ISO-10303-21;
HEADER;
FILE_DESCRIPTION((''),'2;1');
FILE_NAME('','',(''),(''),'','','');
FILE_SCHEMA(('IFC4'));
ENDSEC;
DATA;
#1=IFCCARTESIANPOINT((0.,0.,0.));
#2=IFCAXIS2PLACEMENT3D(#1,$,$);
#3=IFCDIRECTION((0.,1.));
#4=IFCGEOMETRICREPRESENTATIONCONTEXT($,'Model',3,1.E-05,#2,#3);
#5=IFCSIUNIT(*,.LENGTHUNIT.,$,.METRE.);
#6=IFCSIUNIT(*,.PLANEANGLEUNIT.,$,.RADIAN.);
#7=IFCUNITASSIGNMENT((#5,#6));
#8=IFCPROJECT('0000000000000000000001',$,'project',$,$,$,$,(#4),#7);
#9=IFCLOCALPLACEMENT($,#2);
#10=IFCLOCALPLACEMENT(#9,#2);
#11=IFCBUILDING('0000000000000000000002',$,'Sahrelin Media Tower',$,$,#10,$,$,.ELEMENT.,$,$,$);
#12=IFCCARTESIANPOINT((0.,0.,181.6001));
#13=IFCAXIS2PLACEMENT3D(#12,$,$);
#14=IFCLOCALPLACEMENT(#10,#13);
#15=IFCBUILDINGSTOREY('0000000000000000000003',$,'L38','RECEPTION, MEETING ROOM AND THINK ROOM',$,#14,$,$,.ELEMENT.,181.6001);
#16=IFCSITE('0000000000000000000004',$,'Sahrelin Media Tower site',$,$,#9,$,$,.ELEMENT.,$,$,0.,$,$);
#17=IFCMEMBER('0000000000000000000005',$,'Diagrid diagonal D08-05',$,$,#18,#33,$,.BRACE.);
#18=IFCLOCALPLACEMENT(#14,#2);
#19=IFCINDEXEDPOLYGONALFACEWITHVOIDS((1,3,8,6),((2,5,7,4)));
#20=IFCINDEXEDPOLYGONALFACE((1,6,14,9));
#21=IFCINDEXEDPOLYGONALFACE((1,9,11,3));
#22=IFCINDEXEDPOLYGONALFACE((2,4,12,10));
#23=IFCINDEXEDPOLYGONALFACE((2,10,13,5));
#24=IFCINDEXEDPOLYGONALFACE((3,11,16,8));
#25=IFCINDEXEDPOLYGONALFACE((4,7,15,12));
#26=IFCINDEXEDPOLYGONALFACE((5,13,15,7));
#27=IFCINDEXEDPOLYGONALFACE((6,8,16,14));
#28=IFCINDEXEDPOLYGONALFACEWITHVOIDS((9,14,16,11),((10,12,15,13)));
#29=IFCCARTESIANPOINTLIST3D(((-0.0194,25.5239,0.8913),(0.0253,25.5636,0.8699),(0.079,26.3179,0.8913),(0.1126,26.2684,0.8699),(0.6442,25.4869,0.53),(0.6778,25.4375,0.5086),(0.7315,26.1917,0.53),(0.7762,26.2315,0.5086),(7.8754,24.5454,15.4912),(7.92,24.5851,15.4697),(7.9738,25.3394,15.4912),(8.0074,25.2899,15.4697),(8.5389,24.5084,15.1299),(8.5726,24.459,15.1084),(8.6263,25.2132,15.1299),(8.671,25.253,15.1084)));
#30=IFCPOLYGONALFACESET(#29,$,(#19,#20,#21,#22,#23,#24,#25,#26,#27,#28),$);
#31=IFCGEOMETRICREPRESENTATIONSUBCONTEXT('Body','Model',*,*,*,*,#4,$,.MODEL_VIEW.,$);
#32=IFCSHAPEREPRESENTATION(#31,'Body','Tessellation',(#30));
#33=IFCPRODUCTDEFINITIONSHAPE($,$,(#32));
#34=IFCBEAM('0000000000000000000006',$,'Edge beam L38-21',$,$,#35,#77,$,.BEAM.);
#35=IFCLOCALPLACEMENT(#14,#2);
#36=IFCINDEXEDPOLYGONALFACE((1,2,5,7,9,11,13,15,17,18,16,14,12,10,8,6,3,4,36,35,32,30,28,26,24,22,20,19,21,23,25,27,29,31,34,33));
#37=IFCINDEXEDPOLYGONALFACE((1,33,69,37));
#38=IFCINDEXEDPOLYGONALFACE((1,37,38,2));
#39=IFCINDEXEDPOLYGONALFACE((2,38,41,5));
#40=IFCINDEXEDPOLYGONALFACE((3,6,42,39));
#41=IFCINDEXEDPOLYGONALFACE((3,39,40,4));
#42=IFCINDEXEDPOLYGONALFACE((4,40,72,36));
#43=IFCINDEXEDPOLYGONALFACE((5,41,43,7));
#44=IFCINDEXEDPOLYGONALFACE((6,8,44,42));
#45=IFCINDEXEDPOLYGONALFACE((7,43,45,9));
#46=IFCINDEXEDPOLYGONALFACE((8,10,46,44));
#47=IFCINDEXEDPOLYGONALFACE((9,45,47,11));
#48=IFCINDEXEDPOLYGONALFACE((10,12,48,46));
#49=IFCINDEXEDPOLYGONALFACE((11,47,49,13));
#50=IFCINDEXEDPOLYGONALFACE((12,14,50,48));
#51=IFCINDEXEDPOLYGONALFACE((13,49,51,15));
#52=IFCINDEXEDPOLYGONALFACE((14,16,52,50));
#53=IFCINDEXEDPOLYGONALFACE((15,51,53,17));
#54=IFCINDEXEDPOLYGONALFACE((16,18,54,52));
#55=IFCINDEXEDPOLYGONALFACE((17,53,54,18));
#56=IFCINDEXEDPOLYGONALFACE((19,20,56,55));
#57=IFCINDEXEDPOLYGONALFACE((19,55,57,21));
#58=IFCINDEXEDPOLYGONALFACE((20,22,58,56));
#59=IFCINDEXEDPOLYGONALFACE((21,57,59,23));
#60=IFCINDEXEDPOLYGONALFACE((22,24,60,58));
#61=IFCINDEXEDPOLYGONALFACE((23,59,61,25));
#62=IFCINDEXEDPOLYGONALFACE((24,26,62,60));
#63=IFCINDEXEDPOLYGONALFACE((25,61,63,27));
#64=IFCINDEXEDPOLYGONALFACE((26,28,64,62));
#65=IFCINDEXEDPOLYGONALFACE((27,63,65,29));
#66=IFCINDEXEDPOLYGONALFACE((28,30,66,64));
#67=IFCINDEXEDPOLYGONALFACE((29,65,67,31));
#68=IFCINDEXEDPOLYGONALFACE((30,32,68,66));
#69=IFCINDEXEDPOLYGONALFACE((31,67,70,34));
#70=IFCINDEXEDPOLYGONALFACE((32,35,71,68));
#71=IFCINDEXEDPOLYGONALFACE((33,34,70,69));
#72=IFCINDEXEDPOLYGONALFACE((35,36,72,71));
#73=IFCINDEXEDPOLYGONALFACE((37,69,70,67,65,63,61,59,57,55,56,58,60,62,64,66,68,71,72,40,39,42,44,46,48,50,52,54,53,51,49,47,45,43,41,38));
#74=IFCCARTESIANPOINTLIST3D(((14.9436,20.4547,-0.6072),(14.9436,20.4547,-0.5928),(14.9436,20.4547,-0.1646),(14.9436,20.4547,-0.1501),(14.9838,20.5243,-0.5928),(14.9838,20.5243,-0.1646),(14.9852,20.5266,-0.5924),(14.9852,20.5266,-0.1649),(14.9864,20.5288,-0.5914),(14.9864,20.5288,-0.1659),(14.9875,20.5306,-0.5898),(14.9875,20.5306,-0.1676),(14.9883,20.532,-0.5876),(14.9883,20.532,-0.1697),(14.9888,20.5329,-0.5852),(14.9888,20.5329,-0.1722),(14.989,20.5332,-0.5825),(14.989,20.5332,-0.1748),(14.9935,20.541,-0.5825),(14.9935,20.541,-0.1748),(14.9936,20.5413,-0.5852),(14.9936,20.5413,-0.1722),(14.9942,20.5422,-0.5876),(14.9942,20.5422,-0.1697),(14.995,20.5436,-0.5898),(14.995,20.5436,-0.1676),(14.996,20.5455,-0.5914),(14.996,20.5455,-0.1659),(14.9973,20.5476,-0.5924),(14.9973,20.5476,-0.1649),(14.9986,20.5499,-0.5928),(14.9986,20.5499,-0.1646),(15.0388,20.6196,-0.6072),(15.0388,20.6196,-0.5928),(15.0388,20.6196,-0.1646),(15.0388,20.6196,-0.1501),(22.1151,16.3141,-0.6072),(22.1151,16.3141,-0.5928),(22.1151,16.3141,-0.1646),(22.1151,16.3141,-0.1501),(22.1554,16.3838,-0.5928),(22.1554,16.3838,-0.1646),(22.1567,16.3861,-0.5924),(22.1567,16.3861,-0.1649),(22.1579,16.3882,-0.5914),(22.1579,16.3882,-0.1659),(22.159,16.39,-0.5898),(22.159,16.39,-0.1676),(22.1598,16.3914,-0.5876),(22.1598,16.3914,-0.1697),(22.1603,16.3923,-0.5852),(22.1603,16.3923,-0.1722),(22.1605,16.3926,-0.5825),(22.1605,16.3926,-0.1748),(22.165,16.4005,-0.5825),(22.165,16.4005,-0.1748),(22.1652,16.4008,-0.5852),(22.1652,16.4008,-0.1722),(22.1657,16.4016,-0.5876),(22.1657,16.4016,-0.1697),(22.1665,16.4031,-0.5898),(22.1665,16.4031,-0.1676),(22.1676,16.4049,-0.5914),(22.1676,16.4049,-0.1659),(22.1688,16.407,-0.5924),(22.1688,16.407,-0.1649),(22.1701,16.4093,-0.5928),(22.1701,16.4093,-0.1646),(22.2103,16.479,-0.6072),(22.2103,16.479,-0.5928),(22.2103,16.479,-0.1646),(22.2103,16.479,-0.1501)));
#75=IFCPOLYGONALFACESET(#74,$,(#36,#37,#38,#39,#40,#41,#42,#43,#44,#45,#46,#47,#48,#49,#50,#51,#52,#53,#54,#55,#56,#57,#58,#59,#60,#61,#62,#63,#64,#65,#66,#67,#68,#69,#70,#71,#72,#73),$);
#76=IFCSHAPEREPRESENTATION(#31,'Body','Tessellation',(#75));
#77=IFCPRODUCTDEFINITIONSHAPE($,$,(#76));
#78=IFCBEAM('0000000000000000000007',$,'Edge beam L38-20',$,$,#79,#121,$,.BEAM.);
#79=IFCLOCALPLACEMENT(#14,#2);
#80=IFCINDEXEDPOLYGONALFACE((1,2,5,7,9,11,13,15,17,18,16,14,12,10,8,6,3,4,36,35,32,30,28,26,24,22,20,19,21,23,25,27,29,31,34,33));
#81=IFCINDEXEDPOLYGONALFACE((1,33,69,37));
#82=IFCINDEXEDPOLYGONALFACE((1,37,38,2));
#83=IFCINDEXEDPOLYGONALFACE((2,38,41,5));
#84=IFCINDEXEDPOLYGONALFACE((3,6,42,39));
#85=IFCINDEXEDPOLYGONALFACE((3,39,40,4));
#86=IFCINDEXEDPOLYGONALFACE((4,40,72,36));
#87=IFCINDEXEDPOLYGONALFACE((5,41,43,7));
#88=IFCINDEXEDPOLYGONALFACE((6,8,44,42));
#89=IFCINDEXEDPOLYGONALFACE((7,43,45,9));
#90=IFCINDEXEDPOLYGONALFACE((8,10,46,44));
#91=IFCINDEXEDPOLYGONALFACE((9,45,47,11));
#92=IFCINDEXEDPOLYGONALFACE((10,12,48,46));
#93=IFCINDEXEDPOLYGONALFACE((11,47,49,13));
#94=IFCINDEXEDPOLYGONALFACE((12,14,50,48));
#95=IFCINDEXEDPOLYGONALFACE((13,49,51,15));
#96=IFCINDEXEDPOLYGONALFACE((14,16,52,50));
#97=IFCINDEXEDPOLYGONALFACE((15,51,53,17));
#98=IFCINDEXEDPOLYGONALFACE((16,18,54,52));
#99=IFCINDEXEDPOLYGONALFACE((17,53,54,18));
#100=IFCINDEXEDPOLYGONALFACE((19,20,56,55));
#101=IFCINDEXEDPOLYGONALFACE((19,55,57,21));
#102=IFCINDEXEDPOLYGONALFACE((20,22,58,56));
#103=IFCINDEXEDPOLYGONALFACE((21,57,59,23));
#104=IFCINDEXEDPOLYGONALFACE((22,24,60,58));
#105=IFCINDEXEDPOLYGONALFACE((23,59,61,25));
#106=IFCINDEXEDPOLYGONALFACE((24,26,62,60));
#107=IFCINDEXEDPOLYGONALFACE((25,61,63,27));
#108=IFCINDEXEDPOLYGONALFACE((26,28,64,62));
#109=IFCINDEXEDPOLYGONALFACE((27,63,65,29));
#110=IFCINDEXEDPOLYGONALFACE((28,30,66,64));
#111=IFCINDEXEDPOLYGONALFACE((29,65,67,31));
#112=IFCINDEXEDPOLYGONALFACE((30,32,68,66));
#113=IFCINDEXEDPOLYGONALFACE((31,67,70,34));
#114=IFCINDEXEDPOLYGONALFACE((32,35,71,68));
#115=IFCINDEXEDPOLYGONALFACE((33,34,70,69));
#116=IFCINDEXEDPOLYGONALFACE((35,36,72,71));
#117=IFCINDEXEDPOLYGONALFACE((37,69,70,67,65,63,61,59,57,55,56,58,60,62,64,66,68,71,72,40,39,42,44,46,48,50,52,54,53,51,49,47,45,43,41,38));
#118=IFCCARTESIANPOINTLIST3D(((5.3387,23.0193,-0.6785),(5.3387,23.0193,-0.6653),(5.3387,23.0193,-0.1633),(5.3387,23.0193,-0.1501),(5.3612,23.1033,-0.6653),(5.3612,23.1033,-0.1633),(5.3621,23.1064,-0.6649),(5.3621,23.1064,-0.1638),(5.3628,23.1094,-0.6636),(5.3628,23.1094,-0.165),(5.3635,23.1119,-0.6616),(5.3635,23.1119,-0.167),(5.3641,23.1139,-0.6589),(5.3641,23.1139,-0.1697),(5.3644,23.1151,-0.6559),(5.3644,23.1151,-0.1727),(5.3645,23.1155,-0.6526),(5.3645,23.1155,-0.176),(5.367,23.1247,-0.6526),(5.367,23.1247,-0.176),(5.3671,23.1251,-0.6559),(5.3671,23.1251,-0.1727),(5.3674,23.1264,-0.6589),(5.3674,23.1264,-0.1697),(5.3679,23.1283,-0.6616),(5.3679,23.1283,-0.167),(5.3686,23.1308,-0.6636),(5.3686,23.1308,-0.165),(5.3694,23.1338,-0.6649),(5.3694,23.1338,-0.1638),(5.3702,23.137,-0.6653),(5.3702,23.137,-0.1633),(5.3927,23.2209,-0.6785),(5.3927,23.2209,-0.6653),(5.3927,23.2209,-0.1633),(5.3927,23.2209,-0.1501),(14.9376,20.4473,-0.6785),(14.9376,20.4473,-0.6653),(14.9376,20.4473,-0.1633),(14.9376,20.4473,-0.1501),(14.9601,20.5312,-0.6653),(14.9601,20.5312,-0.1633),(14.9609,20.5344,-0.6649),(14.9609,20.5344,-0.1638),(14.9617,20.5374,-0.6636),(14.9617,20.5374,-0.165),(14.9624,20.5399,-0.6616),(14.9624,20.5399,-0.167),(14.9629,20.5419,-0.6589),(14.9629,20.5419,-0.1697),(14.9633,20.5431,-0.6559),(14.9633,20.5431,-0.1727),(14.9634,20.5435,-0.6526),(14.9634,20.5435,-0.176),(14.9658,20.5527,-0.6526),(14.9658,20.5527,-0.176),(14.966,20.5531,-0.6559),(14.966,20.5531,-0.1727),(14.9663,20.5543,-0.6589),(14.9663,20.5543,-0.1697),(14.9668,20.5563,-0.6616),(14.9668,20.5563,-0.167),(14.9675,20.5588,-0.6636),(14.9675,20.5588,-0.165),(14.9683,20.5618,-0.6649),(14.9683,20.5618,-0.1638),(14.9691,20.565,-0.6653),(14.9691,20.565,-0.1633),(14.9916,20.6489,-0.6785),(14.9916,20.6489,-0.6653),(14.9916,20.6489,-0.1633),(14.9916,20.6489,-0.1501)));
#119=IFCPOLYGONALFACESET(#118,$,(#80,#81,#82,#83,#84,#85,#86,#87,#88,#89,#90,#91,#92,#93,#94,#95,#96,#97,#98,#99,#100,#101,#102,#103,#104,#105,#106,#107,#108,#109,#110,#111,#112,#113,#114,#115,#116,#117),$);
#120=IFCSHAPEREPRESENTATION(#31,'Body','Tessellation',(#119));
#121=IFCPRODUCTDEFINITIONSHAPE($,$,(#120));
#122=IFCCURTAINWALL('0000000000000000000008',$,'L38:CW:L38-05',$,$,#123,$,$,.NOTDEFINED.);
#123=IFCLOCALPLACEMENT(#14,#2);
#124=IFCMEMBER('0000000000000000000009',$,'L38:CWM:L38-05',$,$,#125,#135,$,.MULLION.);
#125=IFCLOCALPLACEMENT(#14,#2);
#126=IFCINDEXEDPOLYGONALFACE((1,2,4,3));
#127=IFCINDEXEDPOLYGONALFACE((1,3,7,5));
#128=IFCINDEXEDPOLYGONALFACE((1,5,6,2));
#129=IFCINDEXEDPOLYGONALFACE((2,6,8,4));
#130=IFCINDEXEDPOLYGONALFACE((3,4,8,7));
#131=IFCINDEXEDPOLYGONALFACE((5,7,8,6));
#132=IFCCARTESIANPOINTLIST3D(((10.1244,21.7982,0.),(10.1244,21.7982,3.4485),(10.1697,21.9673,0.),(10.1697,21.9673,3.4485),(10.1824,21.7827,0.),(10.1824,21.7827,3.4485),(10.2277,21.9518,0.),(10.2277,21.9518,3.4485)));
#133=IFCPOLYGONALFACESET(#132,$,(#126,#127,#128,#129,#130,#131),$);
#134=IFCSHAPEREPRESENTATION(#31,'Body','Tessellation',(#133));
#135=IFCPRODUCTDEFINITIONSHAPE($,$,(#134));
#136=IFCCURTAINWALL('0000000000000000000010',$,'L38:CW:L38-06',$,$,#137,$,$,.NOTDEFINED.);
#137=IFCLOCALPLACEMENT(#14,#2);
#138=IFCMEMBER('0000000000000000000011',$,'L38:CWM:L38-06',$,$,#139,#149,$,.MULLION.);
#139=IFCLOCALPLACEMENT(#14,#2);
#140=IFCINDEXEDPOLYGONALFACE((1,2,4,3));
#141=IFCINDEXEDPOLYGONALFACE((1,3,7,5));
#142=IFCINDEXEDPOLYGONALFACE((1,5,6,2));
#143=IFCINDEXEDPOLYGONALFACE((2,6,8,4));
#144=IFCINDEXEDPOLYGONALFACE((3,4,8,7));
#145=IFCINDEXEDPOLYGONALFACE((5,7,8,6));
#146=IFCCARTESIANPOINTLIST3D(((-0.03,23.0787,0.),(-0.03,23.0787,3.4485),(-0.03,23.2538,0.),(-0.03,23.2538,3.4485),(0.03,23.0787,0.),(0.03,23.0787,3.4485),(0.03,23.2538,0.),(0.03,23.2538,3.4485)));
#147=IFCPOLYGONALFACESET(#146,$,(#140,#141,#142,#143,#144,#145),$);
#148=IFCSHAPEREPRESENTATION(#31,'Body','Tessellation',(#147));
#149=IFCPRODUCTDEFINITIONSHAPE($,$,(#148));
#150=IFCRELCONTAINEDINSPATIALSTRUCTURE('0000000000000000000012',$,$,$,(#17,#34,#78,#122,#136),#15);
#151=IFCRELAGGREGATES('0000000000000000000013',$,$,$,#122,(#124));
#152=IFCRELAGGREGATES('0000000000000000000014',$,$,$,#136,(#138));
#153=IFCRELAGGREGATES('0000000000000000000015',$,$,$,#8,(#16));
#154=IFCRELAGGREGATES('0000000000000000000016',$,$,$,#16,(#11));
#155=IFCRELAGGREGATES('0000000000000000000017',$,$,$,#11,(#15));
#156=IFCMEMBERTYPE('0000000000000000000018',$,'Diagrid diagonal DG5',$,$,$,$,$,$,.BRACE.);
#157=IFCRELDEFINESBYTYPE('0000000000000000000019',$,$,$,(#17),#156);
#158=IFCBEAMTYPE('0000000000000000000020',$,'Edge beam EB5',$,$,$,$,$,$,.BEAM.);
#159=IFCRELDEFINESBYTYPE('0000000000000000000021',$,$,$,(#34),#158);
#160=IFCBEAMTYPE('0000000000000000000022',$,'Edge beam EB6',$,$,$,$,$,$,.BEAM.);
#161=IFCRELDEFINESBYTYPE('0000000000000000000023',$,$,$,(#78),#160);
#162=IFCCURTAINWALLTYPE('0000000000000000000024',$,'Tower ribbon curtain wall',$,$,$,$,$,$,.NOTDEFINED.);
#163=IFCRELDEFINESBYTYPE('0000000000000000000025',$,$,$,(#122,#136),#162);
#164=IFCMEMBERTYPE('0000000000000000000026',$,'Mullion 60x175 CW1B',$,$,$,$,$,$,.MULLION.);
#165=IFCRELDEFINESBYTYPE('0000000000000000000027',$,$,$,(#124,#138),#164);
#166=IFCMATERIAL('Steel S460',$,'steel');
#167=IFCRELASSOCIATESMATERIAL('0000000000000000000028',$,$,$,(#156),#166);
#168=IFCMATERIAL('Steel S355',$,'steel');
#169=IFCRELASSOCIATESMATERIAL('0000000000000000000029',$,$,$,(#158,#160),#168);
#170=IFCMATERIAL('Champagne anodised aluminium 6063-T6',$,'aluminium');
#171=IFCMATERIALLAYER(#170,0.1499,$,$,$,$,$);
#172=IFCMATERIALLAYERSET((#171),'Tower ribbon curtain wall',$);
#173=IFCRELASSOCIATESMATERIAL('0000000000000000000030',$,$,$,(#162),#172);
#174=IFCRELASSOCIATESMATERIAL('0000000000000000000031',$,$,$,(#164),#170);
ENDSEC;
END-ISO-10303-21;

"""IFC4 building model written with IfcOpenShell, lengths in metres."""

from ifc_helpers import new_model, si_unit, direction, frame, origin, origin_2d, place, context, subcontext, project, spatial, rectangle, hollow_rectangle, i_section, extrude, material, layer, layer_set, material_profile, profile_set, type_object, element, aggregate, save


model = new_model("IFC4")

# Units and contexts
model_context = context("Model", 3, precision=1e-05, world=origin(), true_north=direction((0.0, 1.0)))
body_context = subcontext(model_context, "Body", "Model", "MODEL_VIEW")
ifc_project = project(units=[si_unit("LENGTHUNIT", "METRE"), si_unit("PLANEANGLEUNIT", "RADIAN")], contexts=[model_context])

# Site, building, storey
site_placement = place(None, origin())
site = spatial("IfcSite", under=ifc_project, at=site_placement, Name="Sahrelin Media Tower site", CompositionType="ELEMENT", RefElevation=0.0)
building_placement = place(site_placement, origin())
building = spatial("IfcBuilding", under=site, at=building_placement, Name="Sahrelin Media Tower", CompositionType="ELEMENT")
storey_placement = place(building_placement, frame((0.0, 0.0, 181.6001)))
storey = spatial("IfcBuildingStorey", under=building, at=storey_placement, Name="L38", Description="RECEPTION, MEETING ROOM AND THINK ROOM", CompositionType="ELEMENT", Elevation=181.6001)

# Member
ifc_material_1 = material(Name="Steel S460", Category="steel")
ifc_material_profile_1 = material_profile(ifc_material_1, hollow_rectangle(XDim=0.8, YDim=0.8, WallThickness=0.0449, at=origin_2d()), Name="Diagrid diagonal DG5")
ifc_profile_set_1 = profile_set([ifc_material_profile_1], Name="Steel S460")
member_type_1 = type_object("IfcMemberType", Name="Diagrid diagonal DG5", PredefinedType="BRACE", material=ifc_profile_set_1)
member_1_placement = place(storey_placement, frame((0.3784, 25.8777, 0.7), z_axis=(0.474831, -0.058853, 0.878107), x_axis=(0.123004, 0.992406, 0.0)))
element("IfcMember", 1, at=member_1_placement, inside=storey, type_object=member_type_1, Name="Diagrid diagonal D08-05", PredefinedType="BRACE", context=body_context, shape_type="SweptSolid", body=[
    extrude(hollow_rectangle(XDim=0.8, YDim=0.8, WallThickness=0.0449, at=origin_2d()), origin(), (0.0, 0.0, 1.0), 16.6265),
])

# Beams
ifc_material_2 = material(Name="Steel S355", Category="steel")
ifc_material_profile_2 = material_profile(ifc_material_2, i_section(OverallWidth=0.1904, OverallDepth=0.457, WebThickness=0.009, FlangeThickness=0.0144, FilletRadius=0.0103, at=origin_2d()), Name="UB 457x191x74")
ifc_profile_set_2 = profile_set([ifc_material_profile_2], Name="Steel S355")
beam_type_1 = type_object("IfcBeamType", Name="Edge beam EB5", PredefinedType="BEAM", material=ifc_profile_set_2)
beam_1_placement = place(storey_placement, frame((14.9912, 20.5371, -0.3787), z_axis=(0.866021, -0.500007, 0.0), x_axis=(0.500007, 0.866021, 0.0)))
element("IfcBeam", 2, at=beam_1_placement, inside=storey, type_object=beam_type_1, Name="Edge beam L38-21", PredefinedType="BEAM", context=body_context, shape_type="SweptSolid", body=[
    extrude(i_section(OverallWidth=0.1904, OverallDepth=0.457, WebThickness=0.009, FlangeThickness=0.0144, FilletRadius=0.0103, at=origin_2d()), origin(), (0.0, 0.0, 1.0), 8.281),
])
ifc_material_profile_3 = material_profile(ifc_material_2, i_section(OverallWidth=0.2087, OverallDepth=0.5283, WebThickness=0.0095, FlangeThickness=0.0132, FilletRadius=0.0127, at=origin_2d()), Name="UB 533x210x82")
ifc_profile_set_3 = profile_set([ifc_material_profile_3], Name="Steel S355")
beam_type_2 = type_object("IfcBeamType", Name="Edge beam EB6", PredefinedType="BEAM", material=ifc_profile_set_3)
beam_2_placement = place(storey_placement, frame((5.3657, 23.1201, -0.4143), z_axis=(0.965926, -0.25882, 0.0), x_axis=(0.25882, 0.965926, 0.0)))
element("IfcBeam", 3, at=beam_2_placement, inside=storey, type_object=beam_type_2, Name="Edge beam L38-20", PredefinedType="BEAM", context=body_context, shape_type="SweptSolid", body=[
    extrude(i_section(OverallWidth=0.2087, OverallDepth=0.5283, WebThickness=0.0095, FlangeThickness=0.0132, FilletRadius=0.0127, at=origin_2d()), origin(), (0.0, 0.0, 1.0), 9.9375),
])

# Curtain walls, members
ifc_material_3 = material(Name="Champagne anodised aluminium 6063-T6", Category="aluminium")
ifc_layer_1 = layer(ifc_material_3, 0.1499)
ifc_layer_set_1 = layer_set([ifc_layer_1], Name="Tower ribbon curtain wall")
curtain_wall_type = type_object("IfcCurtainWallType", Name="Tower ribbon curtain wall", PredefinedType="NOTDEFINED", material=ifc_layer_set_1)
curtain_wall_1_placement = place(storey_placement, frame((10.2039, 21.979, 0.0), z_axis=(0.0, 0.0, 1.0), x_axis=(1.0, 0.0, 0.0)))
curtain_wall_1 = element("IfcCurtainWall", 4, at=curtain_wall_1_placement, inside=storey, type_object=curtain_wall_type, Name="L38:CW:L38-05", PredefinedType="NOTDEFINED")
ifc_material_profile_4 = material_profile(ifc_material_3, rectangle(XDim=0.0601, YDim=0.175, at=origin_2d()), Name="Mullion 60x175")
ifc_profile_set_4 = profile_set([ifc_material_profile_4], Name="Champagne anodised aluminium 6063-T6")
member_type_2 = type_object("IfcMemberType", Name="Mullion 60x175 CW1B", PredefinedType="MULLION", material=ifc_profile_set_4)
member_2_placement = place(storey_placement, frame((10.176, 21.875, 0.0), z_axis=(0.0, 0.0, 1.0), x_axis=(-0.965927, 0.258814, 0.0)))
member_2 = element("IfcMember", 5, at=member_2_placement, type_object=member_type_2, Name="L38:CWM:L38-05", PredefinedType="MULLION", context=body_context, shape_type="SweptSolid", body=[
    extrude(rectangle(XDim=0.0601, YDim=0.175, at=origin_2d()), origin(), (0.0, 0.0, 1.0), 3.4485),
])
placement_1 = place(storey_placement, frame((0.0, 23.2737, 0.0), z_axis=(0.0, 0.0, 1.0), x_axis=(1.0, 0.0, 0.0)))
curtain_wall_2 = element("IfcCurtainWall", 6, at=placement_1, inside=storey, type_object=curtain_wall_type, Name="L38:CW:L38-06", PredefinedType="NOTDEFINED")
member_3_placement = place(storey_placement, frame((0.0, 23.1663, 0.0), z_axis=(0.0, 0.0, 1.0), x_axis=(-1.0, 0.0, 0.0)))
member_3 = element("IfcMember", 7, at=member_3_placement, type_object=member_type_2, Name="L38:CWM:L38-06", PredefinedType="MULLION", context=body_context, shape_type="SweptSolid", body=[
    extrude(rectangle(XDim=0.0601, YDim=0.175, at=origin_2d()), origin(), (0.0, 0.0, 1.0), 3.4485),
])

aggregate(curtain_wall_1, [member_2])
aggregate(curtain_wall_2, [member_3])

save(model, "model.ifc")
